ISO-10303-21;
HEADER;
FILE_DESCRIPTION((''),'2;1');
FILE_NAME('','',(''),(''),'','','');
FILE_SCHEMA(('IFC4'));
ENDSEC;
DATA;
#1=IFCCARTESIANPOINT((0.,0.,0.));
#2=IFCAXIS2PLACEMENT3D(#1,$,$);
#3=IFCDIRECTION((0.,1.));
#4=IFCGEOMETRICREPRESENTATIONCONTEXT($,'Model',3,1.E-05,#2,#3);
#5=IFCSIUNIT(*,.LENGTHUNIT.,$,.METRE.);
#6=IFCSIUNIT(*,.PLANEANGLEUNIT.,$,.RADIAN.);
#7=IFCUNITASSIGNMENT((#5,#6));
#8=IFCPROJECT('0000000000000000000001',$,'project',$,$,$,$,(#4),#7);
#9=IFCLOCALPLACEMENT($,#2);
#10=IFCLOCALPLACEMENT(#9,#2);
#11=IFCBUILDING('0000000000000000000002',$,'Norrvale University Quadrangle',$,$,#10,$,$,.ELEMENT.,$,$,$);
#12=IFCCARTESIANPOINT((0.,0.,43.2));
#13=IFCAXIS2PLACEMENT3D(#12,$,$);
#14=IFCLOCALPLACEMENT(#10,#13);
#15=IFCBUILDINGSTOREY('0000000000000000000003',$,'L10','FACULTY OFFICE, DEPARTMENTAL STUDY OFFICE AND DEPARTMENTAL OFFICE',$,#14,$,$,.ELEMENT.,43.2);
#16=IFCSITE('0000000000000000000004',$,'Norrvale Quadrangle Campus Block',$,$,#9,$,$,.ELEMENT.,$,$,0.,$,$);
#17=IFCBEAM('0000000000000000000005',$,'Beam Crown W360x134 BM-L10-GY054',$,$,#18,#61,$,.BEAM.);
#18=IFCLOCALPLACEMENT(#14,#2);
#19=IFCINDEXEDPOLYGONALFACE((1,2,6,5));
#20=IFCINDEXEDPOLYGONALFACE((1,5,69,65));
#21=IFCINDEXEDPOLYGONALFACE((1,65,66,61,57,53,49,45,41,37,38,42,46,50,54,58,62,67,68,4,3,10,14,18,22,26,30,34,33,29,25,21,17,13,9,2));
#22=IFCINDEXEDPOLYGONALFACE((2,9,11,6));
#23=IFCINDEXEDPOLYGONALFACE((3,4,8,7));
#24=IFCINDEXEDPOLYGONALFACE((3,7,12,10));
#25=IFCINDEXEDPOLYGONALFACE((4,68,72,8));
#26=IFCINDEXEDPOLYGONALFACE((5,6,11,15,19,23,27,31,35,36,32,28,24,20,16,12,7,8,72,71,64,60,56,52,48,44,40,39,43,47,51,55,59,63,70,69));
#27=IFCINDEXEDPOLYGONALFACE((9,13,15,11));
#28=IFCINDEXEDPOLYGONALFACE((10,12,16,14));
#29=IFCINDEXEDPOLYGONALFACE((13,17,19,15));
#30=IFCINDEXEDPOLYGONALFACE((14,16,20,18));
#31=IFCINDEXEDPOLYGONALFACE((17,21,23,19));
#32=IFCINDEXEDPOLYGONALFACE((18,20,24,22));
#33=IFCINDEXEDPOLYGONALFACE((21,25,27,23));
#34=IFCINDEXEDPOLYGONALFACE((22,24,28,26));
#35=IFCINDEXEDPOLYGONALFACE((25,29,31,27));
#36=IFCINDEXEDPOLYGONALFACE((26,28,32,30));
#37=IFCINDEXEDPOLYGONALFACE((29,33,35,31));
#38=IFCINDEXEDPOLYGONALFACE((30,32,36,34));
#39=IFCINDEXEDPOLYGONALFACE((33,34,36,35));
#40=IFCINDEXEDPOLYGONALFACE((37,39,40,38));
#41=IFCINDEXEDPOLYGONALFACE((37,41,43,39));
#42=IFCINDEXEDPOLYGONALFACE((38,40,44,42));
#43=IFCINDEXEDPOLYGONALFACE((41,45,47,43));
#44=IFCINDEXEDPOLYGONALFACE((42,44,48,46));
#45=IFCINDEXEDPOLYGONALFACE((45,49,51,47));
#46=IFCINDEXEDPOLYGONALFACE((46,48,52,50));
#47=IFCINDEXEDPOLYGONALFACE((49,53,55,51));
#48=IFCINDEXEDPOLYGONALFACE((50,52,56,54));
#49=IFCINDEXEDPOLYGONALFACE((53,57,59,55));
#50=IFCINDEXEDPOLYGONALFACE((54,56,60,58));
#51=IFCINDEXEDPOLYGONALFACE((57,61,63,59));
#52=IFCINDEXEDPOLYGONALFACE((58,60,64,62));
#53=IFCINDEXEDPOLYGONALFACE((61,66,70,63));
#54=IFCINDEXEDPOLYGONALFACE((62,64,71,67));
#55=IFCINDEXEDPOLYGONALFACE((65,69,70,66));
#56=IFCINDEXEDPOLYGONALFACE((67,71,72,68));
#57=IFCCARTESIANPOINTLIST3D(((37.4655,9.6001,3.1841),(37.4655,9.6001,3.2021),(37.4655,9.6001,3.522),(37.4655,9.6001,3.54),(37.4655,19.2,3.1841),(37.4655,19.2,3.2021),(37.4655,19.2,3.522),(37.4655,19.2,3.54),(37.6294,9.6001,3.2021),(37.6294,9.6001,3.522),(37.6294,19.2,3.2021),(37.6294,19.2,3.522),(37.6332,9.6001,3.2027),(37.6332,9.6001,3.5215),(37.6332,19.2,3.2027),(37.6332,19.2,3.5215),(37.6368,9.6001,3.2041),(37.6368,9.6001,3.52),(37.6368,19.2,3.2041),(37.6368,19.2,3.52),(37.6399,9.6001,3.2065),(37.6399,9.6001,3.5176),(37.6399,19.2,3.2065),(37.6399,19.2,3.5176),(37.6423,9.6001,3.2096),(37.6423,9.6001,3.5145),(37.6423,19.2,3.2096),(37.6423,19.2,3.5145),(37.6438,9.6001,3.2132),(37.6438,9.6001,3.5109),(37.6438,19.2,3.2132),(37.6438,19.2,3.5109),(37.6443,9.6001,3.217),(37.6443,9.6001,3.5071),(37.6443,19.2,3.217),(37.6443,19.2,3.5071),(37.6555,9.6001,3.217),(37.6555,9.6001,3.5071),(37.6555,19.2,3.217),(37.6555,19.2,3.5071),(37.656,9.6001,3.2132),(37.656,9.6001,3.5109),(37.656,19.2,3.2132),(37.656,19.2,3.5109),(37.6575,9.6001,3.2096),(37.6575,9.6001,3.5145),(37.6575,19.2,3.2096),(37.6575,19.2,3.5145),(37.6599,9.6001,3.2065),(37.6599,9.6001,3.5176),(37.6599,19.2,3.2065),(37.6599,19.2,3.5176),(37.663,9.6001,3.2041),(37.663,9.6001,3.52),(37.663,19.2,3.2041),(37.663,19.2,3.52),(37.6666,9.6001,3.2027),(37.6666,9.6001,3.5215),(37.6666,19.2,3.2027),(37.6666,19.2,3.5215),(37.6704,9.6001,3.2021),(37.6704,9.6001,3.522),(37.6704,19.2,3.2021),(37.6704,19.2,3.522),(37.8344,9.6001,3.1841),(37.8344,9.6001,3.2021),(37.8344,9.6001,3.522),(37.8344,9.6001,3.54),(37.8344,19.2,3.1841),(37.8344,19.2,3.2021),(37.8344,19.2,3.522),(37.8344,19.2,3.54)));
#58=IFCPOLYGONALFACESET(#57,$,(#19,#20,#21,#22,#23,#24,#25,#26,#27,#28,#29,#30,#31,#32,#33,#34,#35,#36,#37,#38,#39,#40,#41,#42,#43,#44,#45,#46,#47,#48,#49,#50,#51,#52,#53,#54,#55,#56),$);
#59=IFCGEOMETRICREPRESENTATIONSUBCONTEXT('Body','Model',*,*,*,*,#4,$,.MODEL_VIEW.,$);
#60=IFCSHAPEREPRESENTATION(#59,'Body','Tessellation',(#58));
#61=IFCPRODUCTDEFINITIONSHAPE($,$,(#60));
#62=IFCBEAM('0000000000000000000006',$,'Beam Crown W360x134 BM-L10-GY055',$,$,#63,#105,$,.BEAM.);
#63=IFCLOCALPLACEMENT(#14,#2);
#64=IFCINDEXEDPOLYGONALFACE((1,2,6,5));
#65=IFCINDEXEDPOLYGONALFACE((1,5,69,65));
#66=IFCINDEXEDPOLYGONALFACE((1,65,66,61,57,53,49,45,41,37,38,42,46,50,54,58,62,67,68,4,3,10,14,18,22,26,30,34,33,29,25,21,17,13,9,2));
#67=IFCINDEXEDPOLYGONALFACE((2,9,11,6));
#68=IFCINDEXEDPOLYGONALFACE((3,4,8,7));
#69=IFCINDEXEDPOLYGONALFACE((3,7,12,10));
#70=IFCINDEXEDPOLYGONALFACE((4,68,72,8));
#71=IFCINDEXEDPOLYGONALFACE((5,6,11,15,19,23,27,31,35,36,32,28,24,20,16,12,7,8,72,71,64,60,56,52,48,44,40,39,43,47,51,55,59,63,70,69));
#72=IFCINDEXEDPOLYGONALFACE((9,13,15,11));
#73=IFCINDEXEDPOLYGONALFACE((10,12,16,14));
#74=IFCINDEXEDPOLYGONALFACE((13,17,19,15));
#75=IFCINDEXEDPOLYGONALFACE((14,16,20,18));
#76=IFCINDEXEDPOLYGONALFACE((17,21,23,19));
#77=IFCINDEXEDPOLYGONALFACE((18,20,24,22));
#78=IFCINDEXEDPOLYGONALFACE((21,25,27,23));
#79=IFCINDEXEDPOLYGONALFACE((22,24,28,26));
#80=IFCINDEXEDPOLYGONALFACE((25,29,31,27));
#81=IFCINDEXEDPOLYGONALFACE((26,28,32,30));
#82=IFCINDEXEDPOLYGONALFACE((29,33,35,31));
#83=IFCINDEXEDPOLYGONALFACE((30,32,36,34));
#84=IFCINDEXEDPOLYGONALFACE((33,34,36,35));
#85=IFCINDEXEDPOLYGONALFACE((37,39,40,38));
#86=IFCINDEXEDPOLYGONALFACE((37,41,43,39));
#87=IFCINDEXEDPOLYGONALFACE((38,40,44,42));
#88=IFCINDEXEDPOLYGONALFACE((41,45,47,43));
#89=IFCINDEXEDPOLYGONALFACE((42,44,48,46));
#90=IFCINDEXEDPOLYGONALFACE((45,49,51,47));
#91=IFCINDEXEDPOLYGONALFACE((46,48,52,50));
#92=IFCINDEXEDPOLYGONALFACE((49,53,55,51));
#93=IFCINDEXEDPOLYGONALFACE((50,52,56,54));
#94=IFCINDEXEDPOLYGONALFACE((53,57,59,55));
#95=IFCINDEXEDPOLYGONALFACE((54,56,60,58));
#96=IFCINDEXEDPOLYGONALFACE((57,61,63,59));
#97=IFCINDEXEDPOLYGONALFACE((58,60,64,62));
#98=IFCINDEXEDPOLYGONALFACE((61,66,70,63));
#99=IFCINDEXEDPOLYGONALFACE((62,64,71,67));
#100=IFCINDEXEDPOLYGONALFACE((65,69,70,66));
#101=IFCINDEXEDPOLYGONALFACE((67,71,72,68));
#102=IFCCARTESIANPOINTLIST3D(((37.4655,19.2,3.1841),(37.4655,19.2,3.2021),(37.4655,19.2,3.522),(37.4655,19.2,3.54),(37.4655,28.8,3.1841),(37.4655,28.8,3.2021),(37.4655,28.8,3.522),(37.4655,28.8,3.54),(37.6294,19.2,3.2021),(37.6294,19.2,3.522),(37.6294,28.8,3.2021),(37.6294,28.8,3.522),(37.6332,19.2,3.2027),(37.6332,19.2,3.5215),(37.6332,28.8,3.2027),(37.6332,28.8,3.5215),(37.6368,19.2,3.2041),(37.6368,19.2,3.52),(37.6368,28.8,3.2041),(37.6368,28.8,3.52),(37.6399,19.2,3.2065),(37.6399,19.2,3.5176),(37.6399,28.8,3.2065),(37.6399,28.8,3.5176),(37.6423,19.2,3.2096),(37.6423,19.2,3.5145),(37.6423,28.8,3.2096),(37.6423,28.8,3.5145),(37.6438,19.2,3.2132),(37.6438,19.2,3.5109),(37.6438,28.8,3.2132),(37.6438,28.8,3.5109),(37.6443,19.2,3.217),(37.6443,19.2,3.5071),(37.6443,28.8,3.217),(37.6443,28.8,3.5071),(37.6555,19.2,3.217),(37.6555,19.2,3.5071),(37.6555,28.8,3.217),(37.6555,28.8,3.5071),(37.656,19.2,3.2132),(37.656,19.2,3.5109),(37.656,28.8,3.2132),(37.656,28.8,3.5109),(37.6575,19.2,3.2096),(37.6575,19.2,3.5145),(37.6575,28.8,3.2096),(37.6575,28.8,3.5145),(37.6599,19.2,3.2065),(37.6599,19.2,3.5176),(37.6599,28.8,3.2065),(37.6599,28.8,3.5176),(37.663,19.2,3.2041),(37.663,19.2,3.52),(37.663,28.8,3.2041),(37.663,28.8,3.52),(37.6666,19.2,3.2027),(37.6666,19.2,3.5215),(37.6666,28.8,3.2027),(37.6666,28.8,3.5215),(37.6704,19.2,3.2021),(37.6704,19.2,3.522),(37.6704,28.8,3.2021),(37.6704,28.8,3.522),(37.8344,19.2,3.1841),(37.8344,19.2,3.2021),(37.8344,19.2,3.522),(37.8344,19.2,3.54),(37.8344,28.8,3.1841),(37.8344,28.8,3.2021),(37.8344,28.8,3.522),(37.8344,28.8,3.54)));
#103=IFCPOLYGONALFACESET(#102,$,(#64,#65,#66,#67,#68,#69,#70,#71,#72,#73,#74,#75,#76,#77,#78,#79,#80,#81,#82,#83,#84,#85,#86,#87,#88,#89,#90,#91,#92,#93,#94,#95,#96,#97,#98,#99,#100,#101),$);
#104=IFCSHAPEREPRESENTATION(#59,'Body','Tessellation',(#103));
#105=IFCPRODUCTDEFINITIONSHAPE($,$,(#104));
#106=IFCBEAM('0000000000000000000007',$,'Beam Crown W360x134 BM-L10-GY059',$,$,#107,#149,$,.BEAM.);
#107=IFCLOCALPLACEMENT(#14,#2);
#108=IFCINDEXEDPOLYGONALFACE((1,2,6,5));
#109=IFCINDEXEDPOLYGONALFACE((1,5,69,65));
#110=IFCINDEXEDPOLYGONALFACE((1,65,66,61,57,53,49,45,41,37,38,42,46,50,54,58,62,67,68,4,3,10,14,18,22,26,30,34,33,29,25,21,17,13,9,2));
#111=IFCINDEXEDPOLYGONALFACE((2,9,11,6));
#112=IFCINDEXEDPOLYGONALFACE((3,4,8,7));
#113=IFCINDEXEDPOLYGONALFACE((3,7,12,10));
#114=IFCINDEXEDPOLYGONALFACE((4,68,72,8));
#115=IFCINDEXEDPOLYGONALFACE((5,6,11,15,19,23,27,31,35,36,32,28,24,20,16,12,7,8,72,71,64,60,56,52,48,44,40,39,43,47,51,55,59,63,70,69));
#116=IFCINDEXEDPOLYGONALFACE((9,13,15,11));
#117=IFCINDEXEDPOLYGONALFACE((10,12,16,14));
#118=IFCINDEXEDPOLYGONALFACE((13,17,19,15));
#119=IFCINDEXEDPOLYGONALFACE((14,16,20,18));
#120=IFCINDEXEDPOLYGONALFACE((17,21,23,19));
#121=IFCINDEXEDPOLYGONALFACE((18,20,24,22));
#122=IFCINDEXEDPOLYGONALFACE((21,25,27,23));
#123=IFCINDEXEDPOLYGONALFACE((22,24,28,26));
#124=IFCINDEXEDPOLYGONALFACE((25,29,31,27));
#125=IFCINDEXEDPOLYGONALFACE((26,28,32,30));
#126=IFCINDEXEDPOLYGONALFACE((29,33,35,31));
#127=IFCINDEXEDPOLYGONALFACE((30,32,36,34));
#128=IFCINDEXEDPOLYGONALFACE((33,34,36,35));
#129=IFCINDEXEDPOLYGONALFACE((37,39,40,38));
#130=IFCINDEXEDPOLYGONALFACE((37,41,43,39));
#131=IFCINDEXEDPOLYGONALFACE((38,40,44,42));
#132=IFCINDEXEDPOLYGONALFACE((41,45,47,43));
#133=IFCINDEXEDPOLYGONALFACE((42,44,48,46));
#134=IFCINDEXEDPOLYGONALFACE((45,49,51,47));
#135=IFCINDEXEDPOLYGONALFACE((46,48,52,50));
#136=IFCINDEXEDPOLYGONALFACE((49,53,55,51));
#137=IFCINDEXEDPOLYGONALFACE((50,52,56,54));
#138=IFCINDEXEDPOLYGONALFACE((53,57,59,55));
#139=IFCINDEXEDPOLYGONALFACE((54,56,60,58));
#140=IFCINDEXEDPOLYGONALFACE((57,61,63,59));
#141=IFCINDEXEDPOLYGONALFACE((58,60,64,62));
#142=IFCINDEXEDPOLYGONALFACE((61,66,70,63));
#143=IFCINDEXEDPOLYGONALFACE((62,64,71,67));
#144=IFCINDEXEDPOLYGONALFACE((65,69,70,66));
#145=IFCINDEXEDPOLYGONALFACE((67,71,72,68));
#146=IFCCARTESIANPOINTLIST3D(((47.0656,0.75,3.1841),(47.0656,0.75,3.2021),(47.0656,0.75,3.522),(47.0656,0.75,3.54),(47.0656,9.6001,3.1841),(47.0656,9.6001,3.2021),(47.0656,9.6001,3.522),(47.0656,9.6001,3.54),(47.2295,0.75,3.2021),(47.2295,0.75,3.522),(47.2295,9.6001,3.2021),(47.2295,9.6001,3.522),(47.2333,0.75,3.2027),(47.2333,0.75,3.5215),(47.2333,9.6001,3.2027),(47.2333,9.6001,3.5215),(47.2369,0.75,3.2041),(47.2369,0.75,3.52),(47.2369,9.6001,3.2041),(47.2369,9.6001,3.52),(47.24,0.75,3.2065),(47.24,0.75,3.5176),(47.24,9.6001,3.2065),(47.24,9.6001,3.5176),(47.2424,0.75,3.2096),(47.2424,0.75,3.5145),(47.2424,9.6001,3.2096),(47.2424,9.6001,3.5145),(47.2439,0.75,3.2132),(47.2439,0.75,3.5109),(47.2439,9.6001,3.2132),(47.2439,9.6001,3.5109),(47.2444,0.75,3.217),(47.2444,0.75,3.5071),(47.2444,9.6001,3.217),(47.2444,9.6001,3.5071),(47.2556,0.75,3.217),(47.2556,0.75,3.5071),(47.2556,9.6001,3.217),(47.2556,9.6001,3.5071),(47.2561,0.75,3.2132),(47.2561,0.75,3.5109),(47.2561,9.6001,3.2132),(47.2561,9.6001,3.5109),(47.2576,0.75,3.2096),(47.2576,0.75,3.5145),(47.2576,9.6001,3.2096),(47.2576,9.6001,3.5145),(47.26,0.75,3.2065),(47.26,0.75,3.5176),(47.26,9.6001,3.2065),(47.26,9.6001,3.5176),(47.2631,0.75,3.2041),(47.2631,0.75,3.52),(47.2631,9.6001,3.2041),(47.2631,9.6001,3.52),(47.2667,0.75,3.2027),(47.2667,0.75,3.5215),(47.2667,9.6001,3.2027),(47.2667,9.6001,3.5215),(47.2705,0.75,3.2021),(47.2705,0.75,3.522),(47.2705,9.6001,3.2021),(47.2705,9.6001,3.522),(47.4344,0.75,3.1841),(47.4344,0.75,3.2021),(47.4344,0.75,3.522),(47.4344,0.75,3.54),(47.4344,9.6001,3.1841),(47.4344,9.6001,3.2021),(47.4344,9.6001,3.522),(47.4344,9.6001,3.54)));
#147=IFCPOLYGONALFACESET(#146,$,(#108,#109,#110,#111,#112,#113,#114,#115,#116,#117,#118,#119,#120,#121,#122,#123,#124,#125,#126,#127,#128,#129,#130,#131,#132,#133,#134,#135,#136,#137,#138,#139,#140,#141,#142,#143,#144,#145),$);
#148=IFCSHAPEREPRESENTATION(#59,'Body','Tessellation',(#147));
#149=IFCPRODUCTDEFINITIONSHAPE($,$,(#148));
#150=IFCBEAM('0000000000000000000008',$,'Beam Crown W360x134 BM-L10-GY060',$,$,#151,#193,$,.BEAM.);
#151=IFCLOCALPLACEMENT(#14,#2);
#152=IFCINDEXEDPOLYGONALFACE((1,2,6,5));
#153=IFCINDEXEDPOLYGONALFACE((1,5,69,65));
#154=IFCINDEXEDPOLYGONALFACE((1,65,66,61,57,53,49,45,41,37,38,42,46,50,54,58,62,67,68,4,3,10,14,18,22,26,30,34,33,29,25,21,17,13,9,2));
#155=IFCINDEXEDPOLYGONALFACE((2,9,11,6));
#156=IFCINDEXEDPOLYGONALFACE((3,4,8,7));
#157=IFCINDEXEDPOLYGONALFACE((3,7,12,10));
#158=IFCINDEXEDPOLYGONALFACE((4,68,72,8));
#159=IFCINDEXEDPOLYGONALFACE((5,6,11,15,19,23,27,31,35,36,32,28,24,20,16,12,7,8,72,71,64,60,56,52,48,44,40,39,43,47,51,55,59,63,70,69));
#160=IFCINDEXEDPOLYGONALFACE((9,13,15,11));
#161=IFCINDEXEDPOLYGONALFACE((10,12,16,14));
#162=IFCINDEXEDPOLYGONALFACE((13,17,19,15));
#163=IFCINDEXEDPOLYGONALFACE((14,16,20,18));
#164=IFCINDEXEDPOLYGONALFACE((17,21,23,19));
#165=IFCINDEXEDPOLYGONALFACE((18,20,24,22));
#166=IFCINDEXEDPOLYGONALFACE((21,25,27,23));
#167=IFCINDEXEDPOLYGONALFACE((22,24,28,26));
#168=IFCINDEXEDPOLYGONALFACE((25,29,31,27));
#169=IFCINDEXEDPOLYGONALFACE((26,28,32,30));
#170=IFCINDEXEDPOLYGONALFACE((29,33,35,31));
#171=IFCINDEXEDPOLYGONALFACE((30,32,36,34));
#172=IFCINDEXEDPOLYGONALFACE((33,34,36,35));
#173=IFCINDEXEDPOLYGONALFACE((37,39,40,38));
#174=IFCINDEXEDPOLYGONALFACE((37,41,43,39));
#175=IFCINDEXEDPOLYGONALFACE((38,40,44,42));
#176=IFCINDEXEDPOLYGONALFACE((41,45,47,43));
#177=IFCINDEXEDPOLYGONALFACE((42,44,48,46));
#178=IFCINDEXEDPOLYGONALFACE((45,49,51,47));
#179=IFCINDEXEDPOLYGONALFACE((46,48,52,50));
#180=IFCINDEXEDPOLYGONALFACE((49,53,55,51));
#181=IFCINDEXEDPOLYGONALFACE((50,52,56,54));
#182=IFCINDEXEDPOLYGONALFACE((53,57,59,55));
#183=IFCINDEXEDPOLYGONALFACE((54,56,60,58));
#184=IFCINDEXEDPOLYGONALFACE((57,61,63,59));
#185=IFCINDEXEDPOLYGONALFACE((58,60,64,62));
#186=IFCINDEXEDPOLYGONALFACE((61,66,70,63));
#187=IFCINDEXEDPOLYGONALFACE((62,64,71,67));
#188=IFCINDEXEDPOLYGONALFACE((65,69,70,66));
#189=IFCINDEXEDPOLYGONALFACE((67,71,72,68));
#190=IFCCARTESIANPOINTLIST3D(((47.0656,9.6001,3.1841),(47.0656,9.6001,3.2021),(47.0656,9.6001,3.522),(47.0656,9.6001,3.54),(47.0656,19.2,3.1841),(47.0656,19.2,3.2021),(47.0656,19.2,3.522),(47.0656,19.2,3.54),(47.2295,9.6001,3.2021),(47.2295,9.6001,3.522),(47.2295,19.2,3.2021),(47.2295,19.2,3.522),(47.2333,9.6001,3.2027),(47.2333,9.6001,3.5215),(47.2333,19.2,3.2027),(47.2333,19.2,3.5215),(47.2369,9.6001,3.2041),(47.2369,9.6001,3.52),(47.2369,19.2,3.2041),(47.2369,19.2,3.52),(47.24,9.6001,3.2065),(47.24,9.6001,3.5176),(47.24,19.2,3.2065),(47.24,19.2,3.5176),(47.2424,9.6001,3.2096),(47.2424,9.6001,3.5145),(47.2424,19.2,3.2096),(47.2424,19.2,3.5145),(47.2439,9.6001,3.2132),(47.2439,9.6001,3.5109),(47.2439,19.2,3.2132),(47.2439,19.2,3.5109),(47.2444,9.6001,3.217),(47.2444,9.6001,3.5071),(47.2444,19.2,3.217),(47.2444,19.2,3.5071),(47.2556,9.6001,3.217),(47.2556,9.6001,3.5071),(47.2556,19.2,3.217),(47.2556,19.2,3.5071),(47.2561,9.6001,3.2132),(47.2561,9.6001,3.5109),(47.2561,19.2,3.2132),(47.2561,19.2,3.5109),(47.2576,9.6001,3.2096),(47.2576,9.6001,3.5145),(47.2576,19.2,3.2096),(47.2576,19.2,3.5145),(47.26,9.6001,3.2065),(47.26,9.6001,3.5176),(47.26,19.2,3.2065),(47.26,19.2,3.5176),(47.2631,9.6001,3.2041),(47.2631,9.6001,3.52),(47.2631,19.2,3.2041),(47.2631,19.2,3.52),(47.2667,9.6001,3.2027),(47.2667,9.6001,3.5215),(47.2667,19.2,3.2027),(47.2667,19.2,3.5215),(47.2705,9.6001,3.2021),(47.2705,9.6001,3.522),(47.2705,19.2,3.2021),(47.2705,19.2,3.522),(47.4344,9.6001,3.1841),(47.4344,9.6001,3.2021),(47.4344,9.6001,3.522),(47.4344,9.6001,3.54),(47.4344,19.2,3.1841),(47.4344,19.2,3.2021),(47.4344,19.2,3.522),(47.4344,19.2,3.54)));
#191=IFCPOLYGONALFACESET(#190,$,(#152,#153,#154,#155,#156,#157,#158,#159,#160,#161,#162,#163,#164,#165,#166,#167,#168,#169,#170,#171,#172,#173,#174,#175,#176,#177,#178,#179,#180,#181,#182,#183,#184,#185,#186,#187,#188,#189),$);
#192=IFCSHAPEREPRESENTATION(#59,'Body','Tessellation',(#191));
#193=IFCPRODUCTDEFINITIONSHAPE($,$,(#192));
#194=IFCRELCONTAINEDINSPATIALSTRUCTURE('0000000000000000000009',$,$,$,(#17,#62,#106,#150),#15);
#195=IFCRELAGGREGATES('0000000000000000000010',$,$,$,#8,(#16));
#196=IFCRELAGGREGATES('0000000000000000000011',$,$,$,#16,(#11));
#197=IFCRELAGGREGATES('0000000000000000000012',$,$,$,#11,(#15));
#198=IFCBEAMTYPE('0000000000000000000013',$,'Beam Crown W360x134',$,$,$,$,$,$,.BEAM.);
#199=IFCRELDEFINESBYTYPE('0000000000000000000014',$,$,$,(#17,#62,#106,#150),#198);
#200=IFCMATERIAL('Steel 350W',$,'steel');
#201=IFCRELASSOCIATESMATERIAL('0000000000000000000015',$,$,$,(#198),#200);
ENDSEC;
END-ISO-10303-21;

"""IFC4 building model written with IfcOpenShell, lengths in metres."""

from ifc_helpers import new_model, si_unit, direction, frame, origin, origin_2d, place, context, subcontext, project, spatial, i_section, extrude, material, material_profile, profile_set, type_object, element, save


model = new_model("IFC4")

# Units and contexts
model_context = context("Model", 3, precision=1e-05, world=origin(), true_north=direction((0.0, 1.0)))
body_context = subcontext(model_context, "Body", "Model", "MODEL_VIEW")
ifc_project = project(units=[si_unit("LENGTHUNIT", "METRE"), si_unit("PLANEANGLEUNIT", "RADIAN")], contexts=[model_context])

# Site, building, storey
site_placement = place(None, origin())
site = spatial("IfcSite", under=ifc_project, at=site_placement, Name="Norrvale Quadrangle Campus Block", CompositionType="ELEMENT", RefElevation=0.0)
building_placement = place(site_placement, origin())
building = spatial("IfcBuilding", under=site, at=building_placement, Name="Norrvale University Quadrangle", CompositionType="ELEMENT")
storey_placement = place(building_placement, frame((0.0, 0.0, 43.2)))
storey = spatial("IfcBuildingStorey", under=building, at=storey_placement, Name="L10", Description="FACULTY OFFICE, DEPARTMENTAL STUDY OFFICE AND DEPARTMENTAL OFFICE", CompositionType="ELEMENT", Elevation=43.2)

# Beams
ifc_material_1 = material(Name="Steel 350W", Category="steel")
ifc_material_profile_1 = material_profile(ifc_material_1, i_section(OverallWidth=0.3689, OverallDepth=0.356, WebThickness=0.0112, FlangeThickness=0.0181, FilletRadius=0.0149, at=origin_2d()), Name="Steel 350W")
ifc_profile_set_1 = profile_set([ifc_material_profile_1], Name="Steel 350W")
beam_type_1 = type_object("IfcBeamType", Name="Beam Crown W360x134", PredefinedType="BEAM", material=ifc_profile_set_1)
beam_1_placement = place(storey_placement, frame((37.6499, 9.6001, 3.3621), z_axis=(0.0, 1.0, 0.0), x_axis=(-1.0, 0.0, 0.0)))
element("IfcBeam", 1, at=beam_1_placement, inside=storey, type_object=beam_type_1, Name="Beam Crown W360x134 BM-L10-GY054", PredefinedType="BEAM", context=body_context, shape_type="SweptSolid", body=[
    extrude(i_section(OverallWidth=0.3689, OverallDepth=0.356, WebThickness=0.0112, FlangeThickness=0.0181, FilletRadius=0.0149, at=origin_2d()), origin(), (0.0, 0.0, 1.0), 9.5999),
])
beam_2_placement = place(storey_placement, frame((37.6499, 19.2, 3.3621), z_axis=(0.0, 1.0, 0.0), x_axis=(-1.0, 0.0, 0.0)))
element("IfcBeam", 2, at=beam_2_placement, inside=storey, type_object=beam_type_1, Name="Beam Crown W360x134 BM-L10-GY055", PredefinedType="BEAM", context=body_context, shape_type="SweptSolid", body=[
    extrude(i_section(OverallWidth=0.3689, OverallDepth=0.356, WebThickness=0.0112, FlangeThickness=0.0181, FilletRadius=0.0149, at=origin_2d()), origin(), (0.0, 0.0, 1.0), 9.6001),
])
beam_3_placement = place(storey_placement, frame((47.25, 0.75, 3.3621), z_axis=(0.0, 1.0, 0.0), x_axis=(-1.0, 0.0, 0.0)))
element("IfcBeam", 3, at=beam_3_placement, inside=storey, type_object=beam_type_1, Name="Beam Crown W360x134 BM-L10-GY059", PredefinedType="BEAM", context=body_context, shape_type="SweptSolid", body=[
    extrude(i_section(OverallWidth=0.3689, OverallDepth=0.356, WebThickness=0.0112, FlangeThickness=0.0181, FilletRadius=0.0149, at=origin_2d()), origin(), (0.0, 0.0, 1.0), 8.8501),
])
beam_4_placement = place(storey_placement, frame((47.25, 9.6001, 3.3621), z_axis=(0.0, 1.0, 0.0), x_axis=(-1.0, 0.0, 0.0)))
element("IfcBeam", 4, at=beam_4_placement, inside=storey, type_object=beam_type_1, Name="Beam Crown W360x134 BM-L10-GY060", PredefinedType="BEAM", context=body_context, shape_type="SweptSolid", body=[
    extrude(i_section(OverallWidth=0.3689, OverallDepth=0.356, WebThickness=0.0112, FlangeThickness=0.0181, FilletRadius=0.0149, at=origin_2d()), origin(), (0.0, 0.0, 1.0), 9.5999),
])

save(model, "model.ifc")
